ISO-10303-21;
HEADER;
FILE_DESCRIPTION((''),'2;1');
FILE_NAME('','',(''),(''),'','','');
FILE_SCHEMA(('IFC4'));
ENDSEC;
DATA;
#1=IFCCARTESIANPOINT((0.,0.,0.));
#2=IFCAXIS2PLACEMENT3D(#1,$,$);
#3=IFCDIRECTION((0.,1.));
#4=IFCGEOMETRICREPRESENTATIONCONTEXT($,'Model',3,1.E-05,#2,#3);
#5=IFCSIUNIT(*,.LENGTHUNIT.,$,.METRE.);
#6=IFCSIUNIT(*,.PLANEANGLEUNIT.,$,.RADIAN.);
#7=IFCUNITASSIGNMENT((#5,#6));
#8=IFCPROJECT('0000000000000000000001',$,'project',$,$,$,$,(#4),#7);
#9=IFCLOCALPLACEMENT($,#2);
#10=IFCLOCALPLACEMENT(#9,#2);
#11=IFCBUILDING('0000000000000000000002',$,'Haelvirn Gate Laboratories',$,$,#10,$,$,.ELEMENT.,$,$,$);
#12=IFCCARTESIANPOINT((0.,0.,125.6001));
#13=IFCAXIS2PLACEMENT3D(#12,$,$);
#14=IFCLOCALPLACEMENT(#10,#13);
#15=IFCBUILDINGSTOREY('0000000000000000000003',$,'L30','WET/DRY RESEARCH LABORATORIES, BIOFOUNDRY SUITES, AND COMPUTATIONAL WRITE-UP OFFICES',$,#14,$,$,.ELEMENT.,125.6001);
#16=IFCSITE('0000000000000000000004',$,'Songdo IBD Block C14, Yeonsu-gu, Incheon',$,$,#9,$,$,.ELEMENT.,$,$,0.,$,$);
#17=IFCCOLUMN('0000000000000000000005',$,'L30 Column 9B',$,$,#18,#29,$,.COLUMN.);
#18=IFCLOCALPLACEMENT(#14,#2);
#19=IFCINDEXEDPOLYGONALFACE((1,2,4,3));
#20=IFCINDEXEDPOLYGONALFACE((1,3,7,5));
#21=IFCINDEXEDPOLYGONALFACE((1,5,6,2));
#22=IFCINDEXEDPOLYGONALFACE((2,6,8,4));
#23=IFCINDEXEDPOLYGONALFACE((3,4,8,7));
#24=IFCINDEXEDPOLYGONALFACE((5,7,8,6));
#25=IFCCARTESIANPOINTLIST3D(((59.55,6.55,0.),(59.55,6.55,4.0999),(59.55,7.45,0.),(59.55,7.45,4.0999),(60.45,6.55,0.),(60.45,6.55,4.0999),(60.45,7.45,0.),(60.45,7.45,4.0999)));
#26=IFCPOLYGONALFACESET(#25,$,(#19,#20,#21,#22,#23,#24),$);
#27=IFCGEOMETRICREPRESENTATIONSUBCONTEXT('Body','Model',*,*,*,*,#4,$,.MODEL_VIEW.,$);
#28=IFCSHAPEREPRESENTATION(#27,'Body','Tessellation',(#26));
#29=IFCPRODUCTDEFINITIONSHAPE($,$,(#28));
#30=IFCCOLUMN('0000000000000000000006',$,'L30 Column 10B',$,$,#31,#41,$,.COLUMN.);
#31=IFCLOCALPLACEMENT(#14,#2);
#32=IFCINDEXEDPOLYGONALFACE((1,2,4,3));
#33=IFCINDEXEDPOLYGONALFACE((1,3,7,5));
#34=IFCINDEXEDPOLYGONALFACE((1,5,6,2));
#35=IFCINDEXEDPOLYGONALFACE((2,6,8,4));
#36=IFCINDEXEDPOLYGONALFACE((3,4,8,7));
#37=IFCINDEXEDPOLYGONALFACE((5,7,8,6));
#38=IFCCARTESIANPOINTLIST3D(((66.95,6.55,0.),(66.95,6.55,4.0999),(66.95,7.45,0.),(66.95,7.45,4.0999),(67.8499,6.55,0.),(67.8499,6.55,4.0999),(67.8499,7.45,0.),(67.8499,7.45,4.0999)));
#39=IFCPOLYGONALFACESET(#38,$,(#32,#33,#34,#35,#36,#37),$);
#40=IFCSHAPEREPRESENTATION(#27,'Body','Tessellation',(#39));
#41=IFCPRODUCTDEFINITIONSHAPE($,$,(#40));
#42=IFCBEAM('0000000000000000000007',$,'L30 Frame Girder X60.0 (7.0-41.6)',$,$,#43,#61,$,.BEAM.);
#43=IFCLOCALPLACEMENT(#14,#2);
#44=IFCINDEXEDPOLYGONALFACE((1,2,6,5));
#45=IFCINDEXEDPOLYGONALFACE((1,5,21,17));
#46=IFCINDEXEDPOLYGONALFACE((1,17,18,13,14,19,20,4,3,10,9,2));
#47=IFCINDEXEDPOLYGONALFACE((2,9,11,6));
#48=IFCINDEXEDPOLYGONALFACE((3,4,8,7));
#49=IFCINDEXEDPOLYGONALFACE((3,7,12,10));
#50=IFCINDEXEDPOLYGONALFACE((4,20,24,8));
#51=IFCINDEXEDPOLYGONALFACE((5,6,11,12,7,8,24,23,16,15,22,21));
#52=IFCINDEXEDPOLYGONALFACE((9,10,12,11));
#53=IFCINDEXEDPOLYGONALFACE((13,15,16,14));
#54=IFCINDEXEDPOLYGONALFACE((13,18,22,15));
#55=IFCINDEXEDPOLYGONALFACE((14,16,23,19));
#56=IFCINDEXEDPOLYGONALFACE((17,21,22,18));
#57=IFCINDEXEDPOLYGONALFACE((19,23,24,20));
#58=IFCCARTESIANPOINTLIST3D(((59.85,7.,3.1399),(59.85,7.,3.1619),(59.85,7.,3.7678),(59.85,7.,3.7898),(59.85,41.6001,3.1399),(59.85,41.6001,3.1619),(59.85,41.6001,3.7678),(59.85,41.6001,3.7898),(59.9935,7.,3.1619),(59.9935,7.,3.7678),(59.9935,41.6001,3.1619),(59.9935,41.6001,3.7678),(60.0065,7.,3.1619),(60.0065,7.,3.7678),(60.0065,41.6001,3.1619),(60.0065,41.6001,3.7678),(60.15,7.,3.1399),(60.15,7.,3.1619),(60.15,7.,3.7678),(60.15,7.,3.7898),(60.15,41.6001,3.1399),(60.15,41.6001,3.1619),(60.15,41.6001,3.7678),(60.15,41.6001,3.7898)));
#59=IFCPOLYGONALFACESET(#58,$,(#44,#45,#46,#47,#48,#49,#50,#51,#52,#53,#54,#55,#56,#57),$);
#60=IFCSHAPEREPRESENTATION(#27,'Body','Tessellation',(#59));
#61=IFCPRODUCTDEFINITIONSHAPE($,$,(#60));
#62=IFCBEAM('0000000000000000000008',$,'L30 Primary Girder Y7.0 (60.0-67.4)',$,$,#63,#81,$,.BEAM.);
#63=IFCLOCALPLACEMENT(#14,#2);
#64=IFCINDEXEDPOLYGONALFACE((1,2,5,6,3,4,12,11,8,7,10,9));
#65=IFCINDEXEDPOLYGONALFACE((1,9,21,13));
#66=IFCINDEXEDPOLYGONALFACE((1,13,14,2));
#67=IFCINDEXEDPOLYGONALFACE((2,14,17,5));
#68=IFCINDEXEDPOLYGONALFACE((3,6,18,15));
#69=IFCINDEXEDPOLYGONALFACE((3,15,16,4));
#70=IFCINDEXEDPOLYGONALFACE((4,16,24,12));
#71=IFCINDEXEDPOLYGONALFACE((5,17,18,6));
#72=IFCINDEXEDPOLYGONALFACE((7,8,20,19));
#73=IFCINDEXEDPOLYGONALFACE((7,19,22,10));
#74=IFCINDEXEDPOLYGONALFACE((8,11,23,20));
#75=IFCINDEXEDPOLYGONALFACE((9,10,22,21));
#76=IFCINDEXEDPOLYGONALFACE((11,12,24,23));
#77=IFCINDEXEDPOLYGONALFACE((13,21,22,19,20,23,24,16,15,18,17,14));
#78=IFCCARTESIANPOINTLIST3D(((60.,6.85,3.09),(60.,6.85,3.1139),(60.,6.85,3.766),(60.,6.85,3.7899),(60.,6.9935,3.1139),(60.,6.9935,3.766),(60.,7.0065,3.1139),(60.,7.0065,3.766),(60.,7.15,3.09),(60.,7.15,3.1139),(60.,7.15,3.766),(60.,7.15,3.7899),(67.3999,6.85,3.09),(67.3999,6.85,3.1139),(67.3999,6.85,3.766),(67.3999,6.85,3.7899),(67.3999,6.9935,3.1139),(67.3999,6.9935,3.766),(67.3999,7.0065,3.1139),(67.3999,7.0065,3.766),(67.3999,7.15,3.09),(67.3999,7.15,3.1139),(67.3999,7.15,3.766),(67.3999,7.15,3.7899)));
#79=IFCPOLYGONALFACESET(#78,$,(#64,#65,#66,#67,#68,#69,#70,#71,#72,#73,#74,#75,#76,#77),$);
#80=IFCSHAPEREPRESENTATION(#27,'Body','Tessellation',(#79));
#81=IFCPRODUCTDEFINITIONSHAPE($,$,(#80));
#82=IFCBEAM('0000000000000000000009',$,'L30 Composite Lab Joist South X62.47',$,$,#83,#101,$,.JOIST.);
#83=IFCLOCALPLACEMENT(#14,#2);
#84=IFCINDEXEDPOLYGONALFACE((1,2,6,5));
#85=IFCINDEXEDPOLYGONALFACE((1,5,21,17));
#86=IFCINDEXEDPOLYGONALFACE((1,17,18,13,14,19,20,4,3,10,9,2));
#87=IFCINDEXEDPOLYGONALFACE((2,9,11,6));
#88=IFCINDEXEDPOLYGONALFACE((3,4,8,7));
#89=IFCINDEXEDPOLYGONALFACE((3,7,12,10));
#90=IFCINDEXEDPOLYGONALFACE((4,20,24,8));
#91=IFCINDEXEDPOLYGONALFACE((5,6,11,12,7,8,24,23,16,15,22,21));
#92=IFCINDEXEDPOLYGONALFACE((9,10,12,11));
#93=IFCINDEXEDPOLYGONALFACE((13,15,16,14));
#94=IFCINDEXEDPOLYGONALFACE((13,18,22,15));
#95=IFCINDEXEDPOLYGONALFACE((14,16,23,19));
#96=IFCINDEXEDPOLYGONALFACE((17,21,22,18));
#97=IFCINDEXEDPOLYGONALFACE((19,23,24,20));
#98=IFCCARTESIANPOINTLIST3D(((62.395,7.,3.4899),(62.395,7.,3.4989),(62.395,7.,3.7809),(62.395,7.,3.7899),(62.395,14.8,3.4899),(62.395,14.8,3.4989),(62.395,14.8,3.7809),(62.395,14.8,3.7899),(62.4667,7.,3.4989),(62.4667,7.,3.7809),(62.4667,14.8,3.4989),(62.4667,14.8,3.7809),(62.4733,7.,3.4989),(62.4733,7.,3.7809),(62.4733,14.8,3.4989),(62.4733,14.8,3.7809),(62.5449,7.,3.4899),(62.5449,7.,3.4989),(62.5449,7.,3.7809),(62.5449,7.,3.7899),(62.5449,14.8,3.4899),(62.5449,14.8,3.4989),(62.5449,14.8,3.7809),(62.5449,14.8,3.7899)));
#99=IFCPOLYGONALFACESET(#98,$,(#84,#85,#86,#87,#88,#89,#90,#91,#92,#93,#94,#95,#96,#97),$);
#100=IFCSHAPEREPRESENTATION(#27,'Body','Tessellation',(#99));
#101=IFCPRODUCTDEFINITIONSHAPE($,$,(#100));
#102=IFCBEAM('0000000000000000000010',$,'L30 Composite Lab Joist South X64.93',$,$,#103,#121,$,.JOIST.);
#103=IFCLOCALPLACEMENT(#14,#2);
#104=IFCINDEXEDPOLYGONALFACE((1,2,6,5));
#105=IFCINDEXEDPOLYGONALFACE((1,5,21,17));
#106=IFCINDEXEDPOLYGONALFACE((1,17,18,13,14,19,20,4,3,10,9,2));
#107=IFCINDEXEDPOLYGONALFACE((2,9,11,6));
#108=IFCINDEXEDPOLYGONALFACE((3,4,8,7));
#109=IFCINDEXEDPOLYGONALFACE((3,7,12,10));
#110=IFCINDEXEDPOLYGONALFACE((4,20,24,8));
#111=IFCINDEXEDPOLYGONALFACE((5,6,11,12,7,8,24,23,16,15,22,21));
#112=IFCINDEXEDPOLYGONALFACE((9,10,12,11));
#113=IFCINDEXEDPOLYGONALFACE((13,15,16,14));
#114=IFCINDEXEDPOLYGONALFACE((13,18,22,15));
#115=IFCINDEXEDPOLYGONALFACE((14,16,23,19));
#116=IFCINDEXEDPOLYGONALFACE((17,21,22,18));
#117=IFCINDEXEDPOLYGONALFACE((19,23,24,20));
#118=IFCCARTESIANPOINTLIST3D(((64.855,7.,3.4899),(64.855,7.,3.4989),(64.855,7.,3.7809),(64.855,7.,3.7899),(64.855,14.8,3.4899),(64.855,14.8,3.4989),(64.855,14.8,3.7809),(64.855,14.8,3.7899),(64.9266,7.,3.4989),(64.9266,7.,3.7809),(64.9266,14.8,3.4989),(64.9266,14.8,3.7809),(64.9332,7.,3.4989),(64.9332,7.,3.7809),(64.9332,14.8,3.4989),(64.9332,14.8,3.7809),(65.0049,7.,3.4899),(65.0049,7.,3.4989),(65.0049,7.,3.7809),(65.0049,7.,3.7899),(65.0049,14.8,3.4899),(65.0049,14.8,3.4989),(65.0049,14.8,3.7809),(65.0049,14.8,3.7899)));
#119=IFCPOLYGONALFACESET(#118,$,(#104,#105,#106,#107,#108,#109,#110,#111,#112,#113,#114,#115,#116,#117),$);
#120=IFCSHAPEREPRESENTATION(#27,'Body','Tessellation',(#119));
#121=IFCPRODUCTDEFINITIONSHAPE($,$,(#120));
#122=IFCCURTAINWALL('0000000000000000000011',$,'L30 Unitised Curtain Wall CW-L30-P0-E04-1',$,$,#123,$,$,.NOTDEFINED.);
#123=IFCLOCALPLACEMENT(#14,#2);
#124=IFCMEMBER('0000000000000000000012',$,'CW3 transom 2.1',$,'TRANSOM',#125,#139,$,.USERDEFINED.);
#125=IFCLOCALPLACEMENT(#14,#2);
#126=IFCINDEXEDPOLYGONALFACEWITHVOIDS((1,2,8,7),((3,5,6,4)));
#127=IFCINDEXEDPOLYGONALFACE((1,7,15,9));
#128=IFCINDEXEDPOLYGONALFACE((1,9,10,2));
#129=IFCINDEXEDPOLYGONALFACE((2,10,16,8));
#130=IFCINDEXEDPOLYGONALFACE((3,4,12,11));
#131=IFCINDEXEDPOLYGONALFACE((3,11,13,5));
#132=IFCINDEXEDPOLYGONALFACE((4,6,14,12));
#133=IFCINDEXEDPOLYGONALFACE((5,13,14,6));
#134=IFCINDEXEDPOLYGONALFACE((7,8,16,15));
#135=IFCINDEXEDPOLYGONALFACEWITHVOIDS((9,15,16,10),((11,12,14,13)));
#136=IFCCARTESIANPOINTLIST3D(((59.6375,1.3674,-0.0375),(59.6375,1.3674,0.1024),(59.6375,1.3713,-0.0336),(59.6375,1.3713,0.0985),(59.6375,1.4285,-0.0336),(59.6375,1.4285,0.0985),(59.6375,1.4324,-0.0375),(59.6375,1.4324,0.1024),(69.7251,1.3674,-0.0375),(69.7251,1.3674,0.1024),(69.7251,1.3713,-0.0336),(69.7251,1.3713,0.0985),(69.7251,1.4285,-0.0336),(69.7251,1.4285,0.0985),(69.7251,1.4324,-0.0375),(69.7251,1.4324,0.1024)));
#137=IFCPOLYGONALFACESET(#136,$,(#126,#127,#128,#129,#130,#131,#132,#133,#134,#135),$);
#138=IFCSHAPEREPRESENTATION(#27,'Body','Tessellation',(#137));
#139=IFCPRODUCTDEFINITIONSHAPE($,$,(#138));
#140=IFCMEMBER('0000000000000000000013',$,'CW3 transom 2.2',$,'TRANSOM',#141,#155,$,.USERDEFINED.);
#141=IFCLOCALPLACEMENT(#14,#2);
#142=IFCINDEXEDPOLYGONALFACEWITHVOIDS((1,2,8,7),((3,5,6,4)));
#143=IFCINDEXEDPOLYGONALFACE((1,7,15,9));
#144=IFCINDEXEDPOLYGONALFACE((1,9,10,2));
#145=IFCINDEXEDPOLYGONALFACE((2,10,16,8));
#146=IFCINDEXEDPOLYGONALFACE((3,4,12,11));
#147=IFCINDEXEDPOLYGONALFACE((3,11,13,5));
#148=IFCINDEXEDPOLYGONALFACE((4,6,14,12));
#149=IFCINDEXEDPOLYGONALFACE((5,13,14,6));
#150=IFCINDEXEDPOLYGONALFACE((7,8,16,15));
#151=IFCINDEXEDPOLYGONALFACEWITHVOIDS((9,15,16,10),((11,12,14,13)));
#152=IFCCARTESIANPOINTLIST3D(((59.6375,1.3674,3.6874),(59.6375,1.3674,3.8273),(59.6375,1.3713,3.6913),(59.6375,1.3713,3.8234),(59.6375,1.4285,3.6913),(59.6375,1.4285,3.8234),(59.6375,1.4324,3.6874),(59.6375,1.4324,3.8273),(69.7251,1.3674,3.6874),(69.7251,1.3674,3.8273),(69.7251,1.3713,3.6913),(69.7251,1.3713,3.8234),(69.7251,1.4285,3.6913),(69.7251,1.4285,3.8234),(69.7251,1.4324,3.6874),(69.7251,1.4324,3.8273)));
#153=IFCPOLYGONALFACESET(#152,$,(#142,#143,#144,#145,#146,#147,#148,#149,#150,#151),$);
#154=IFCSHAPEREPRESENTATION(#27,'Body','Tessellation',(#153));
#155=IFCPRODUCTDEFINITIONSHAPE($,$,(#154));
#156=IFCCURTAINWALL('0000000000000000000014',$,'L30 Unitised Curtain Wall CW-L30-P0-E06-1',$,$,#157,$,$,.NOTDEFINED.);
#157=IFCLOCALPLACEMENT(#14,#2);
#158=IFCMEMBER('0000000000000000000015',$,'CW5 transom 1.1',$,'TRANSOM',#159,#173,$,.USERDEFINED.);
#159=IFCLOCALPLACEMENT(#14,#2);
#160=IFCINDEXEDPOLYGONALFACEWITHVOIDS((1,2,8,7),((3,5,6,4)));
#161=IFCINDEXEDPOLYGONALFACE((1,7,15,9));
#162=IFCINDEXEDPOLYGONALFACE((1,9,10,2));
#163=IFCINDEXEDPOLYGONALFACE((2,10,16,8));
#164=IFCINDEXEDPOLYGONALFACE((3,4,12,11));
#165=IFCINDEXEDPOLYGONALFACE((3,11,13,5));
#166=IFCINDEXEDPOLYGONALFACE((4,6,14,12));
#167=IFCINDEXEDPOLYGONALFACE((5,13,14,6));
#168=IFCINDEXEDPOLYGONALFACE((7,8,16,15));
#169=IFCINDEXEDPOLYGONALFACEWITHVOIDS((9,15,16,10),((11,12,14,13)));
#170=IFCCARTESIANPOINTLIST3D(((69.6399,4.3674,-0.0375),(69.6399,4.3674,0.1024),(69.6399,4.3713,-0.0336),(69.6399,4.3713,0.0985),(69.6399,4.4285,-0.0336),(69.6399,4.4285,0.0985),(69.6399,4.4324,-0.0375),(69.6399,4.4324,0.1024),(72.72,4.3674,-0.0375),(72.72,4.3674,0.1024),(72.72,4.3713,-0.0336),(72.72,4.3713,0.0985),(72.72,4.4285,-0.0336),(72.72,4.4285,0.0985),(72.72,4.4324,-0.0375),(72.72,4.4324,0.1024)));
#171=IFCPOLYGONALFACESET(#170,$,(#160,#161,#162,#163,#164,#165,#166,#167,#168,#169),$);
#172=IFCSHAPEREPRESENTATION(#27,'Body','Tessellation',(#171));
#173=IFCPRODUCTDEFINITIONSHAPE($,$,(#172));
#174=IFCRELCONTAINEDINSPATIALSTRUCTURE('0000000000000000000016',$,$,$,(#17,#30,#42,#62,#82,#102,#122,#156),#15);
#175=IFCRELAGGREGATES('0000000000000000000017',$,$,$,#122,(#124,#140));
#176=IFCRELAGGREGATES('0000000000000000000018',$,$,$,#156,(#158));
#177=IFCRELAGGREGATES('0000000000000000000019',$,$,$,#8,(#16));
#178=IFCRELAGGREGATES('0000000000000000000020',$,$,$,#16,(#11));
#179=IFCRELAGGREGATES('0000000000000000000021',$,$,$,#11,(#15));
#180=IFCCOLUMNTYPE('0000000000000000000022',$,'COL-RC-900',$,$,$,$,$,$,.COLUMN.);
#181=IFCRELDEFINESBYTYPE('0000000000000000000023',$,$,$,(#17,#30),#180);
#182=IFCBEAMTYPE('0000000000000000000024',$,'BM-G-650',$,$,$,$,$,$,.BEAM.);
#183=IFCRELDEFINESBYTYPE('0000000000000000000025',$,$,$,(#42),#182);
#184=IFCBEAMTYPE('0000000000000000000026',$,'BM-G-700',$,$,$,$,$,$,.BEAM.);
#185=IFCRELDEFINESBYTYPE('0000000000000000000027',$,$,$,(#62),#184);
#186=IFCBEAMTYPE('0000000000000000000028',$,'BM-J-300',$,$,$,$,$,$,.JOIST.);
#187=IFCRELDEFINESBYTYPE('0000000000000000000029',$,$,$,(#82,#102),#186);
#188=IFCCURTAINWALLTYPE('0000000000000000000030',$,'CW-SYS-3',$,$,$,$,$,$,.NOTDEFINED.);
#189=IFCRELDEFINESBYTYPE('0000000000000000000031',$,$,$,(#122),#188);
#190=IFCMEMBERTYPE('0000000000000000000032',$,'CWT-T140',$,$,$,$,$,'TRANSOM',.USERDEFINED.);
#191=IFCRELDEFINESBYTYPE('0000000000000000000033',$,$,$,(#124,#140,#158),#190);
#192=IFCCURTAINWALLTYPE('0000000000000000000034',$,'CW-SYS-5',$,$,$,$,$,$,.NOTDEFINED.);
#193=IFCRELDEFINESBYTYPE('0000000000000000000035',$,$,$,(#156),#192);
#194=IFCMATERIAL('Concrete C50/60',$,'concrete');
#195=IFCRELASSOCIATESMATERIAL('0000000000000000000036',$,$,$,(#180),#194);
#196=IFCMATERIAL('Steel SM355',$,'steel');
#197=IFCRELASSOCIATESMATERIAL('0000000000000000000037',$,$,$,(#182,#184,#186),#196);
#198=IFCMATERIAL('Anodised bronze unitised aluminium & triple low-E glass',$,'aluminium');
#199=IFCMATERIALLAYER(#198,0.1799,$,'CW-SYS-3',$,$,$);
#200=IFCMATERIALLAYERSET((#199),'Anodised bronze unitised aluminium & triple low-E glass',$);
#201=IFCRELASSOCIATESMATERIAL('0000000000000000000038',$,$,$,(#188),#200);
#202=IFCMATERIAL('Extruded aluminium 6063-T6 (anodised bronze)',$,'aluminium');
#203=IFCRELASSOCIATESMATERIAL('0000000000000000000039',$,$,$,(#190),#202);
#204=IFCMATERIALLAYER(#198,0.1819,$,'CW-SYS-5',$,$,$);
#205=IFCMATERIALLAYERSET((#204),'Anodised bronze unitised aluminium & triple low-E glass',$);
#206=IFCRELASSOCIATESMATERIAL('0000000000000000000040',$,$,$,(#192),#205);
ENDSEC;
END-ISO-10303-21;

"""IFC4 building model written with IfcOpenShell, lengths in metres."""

from ifc_helpers import new_model, si_unit, direction, frame, origin, origin_2d, place, context, subcontext, project, spatial, rectangle, hollow_rectangle, i_section, extrude, source, transform, mapped, material, layer, layer_set, material_profile, profile_set, type_object, type_shapes, element, aggregate, save


model = new_model("IFC4")

# Units and contexts
model_context = context("Model", 3, precision=1e-05, world=origin(), true_north=direction((0.0, 1.0)))
body_context = subcontext(model_context, "Body", "Model", "MODEL_VIEW")
ifc_project = project(units=[si_unit("LENGTHUNIT", "METRE"), si_unit("PLANEANGLEUNIT", "RADIAN")], contexts=[model_context])

# Site, building, storey
site_placement = place(None, origin())
site = spatial("IfcSite", under=ifc_project, at=site_placement, Name="Songdo IBD Block C14, Yeonsu-gu, Incheon", CompositionType="ELEMENT", RefElevation=0.0)
building_placement = place(site_placement, origin())
building = spatial("IfcBuilding", under=site, at=building_placement, Name="Haelvirn Gate Laboratories", CompositionType="ELEMENT")
storey_placement = place(building_placement, frame((0.0, 0.0, 125.6001)))
storey = spatial("IfcBuildingStorey", under=building, at=storey_placement, Name="L30", Description="WET/DRY RESEARCH LABORATORIES, BIOFOUNDRY SUITES, AND COMPUTATIONAL WRITE-UP OFFICES", CompositionType="ELEMENT", Elevation=125.6001)

# Columns
ifc_material_1 = material(Name="Concrete C50/60", Category="concrete")
ifc_material_profile_1 = material_profile(ifc_material_1, rectangle(XDim=0.8999, YDim=0.8999, at=origin_2d()), Name="RC-900x900")
ifc_profile_set_1 = profile_set([ifc_material_profile_1], Name="Concrete C50/60")
column_type = type_object("IfcColumnType", Name="COL-RC-900", PredefinedType="COLUMN", material=ifc_profile_set_1)
shared_shape_1 = source(origin(), body_context, "Body", "SweptSolid", [
    extrude(rectangle(XDim=0.8999, YDim=0.8999, at=origin_2d()), origin(), (0.0, 0.0, 1.0), 4.0999),
])
type_shapes(column_type, [shared_shape_1])
for number, where, z_axis, x_axis, name in (
    (1, (60.0, 7.0, 0.0), (0.0, 0.0, 1.0), (1.0, 0.0, 0.0), "L30 Column 9B"),
    (2, (67.3999, 7.0, 0.0), (0.0, 0.0, 1.0), (1.0, 0.0, 0.0), "L30 Column 10B"),
):
    element("IfcColumn", number, at=place(storey_placement, frame(where, z_axis=z_axis, x_axis=x_axis)), inside=storey, type_object=column_type, Name=name, PredefinedType="COLUMN", context=body_context, shape_type="MappedRepresentation", body=[
        mapped(shared_shape_1, transform((0.0, 0.0, 0.0), scale=1.0)),
    ])

# Beams
ifc_material_2 = material(Name="Steel SM355", Category="steel")
ifc_material_profile_2 = material_profile(ifc_material_2, i_section(OverallWidth=0.3, OverallDepth=0.6499, WebThickness=0.0129, FlangeThickness=0.022, at=origin_2d()), Name="H-650x300x13x22")
ifc_profile_set_2 = profile_set([ifc_material_profile_2], Name="Steel SM355")
beam_type_1 = type_object("IfcBeamType", Name="BM-G-650", PredefinedType="BEAM", material=ifc_profile_set_2)
shared_shape_2 = source(origin(), body_context, "Body", "SweptSolid", [
    extrude(i_section(OverallWidth=0.3, OverallDepth=0.6499, WebThickness=0.0129, FlangeThickness=0.022, at=origin_2d()), origin(), (0.0, 0.0, 1.0), 34.6001),
])
type_shapes(beam_type_1, [shared_shape_2])
beam_1_placement = place(storey_placement, frame((60.0, 7.0, 3.4648), z_axis=(0.0, 1.0, 0.0), x_axis=(-1.0, 0.0, 0.0)))
element("IfcBeam", 3, at=beam_1_placement, inside=storey, type_object=beam_type_1, Name="L30 Frame Girder X60.0 (7.0-41.6)", PredefinedType="BEAM", context=body_context, shape_type="MappedRepresentation", body=[
    mapped(shared_shape_2, transform((0.0, 0.0, 0.0), scale=1.0)),
])
ifc_material_profile_3 = material_profile(ifc_material_2, i_section(OverallWidth=0.3, OverallDepth=0.7, WebThickness=0.0129, FlangeThickness=0.0239, at=origin_2d()), Name="H-700x300x13x24")
ifc_profile_set_3 = profile_set([ifc_material_profile_3], Name="Steel SM355")
beam_type_2 = type_object("IfcBeamType", Name="BM-G-700", PredefinedType="BEAM", material=ifc_profile_set_3)
shared_shape_3 = source(origin(), body_context, "Body", "SweptSolid", [
    extrude(i_section(OverallWidth=0.3, OverallDepth=0.7, WebThickness=0.0129, FlangeThickness=0.0239, at=origin_2d()), origin(), (0.0, 0.0, 1.0), 7.3999),
])
type_shapes(beam_type_2, [shared_shape_3])
beam_2_placement = place(storey_placement, frame((60.0, 7.0, 3.4399), z_axis=(1.0, 0.0, 0.0), x_axis=(0.0, 1.0, 0.0)))
element("IfcBeam", 4, at=beam_2_placement, inside=storey, type_object=beam_type_2, Name="L30 Primary Girder Y7.0 (60.0-67.4)", PredefinedType="BEAM", context=body_context, shape_type="MappedRepresentation", body=[
    mapped(shared_shape_3, transform((0.0, 0.0, 0.0), scale=1.0)),
])
ifc_material_profile_4 = material_profile(ifc_material_2, i_section(OverallWidth=0.1499, OverallDepth=0.3, WebThickness=0.0066, FlangeThickness=0.009, at=origin_2d()), Name="H-300x150x6.5x9")
ifc_profile_set_4 = profile_set([ifc_material_profile_4], Name="Steel SM355")
beam_type_3 = type_object("IfcBeamType", Name="BM-J-300", PredefinedType="JOIST", material=ifc_profile_set_4)
shared_shape_4 = source(origin(), body_context, "Body", "SweptSolid", [
    extrude(i_section(OverallWidth=0.1499, OverallDepth=0.3, WebThickness=0.0066, FlangeThickness=0.009, at=origin_2d()), origin(), (0.0, 0.0, 1.0), 7.8),
])
type_shapes(beam_type_3, [shared_shape_4])
for number, where, z_axis, x_axis, name in (
    (5, (62.47, 7.0, 3.6399), (0.0, 1.0, 0.0), (-1.0, 0.0, 0.0), "L30 Composite Lab Joist South X62.47"),
    (6, (64.9299, 7.0, 3.6399), (0.0, 1.0, 0.0), (-1.0, 0.0, 0.0), "L30 Composite Lab Joist South X64.93"),
):
    element("IfcBeam", number, at=place(storey_placement, frame(where, z_axis=z_axis, x_axis=x_axis)), inside=storey, type_object=beam_type_3, Name=name, PredefinedType="JOIST", context=body_context, shape_type="MappedRepresentation", body=[
        mapped(shared_shape_4, transform((0.0, 0.0, 0.0), scale=1.0)),
    ])

# Curtain walls, members
ifc_material_3 = material(Name="Anodised bronze unitised aluminium & triple low-E glass", Category="aluminium")
ifc_layer_1 = layer(ifc_material_3, 0.1799, Name="CW-SYS-3")
ifc_layer_set_1 = layer_set([ifc_layer_1], Name="Anodised bronze unitised aluminium & triple low-E glass")
curtain_wall_type_1 = type_object("IfcCurtainWallType", Name="CW-SYS-3", PredefinedType="NOTDEFINED", material=ifc_layer_set_1)
curtain_wall_1_placement = place(storey_placement, origin())
curtain_wall_1 = element("IfcCurtainWall", 7, at=curtain_wall_1_placement, inside=storey, type_object=curtain_wall_type_1, Name="L30 Unitised Curtain Wall CW-L30-P0-E04-1", PredefinedType="NOTDEFINED")
ifc_material_4 = material(Name="Extruded aluminium 6063-T6 (anodised bronze)", Category="aluminium")
ifc_material_profile_5 = material_profile(ifc_material_4, hollow_rectangle(XDim=0.0649, YDim=0.1399, WallThickness=0.0039, at=origin_2d()), Name="CWT-140x65x4")
ifc_profile_set_5 = profile_set([ifc_material_profile_5], Name="Extruded aluminium 6063-T6 (anodised bronze)")
member_type_1 = type_object("IfcMemberType", Name="CWT-T140", ElementType="TRANSOM", PredefinedType="USERDEFINED", material=ifc_profile_set_5)
shared_shape_5 = source(origin(), body_context, "Body", "SweptSolid", [
    extrude(hollow_rectangle(XDim=0.0649, YDim=0.1399, WallThickness=0.0039, at=origin_2d()), origin(), (0.0, 0.0, 1.0), 10.0876),
])
member_1_placement = place(storey_placement, frame((59.6375, 1.3999, 0.0325), z_axis=(1.0, 0.0, 0.0), x_axis=(0.0, 1.0, 0.0)))
member_1 = element("IfcMember", 8, at=member_1_placement, type_object=member_type_1, Name="CW3 transom 2.1", ObjectType="TRANSOM", PredefinedType="USERDEFINED", context=body_context, shape_type="MappedRepresentation", body=[
    mapped(shared_shape_5, transform((0.0, 0.0, 0.0), scale=1.0)),
])
member_2_placement = place(storey_placement, frame((59.6375, 1.3999, 3.7573), z_axis=(1.0, 0.0, 0.0), x_axis=(0.0, 1.0, 0.0)))
member_2 = element("IfcMember", 9, at=member_2_placement, type_object=member_type_1, Name="CW3 transom 2.2", ObjectType="TRANSOM", PredefinedType="USERDEFINED", context=body_context, shape_type="MappedRepresentation", body=[
    mapped(shared_shape_5, transform((0.0, 0.0, 0.0), scale=1.0)),
])
ifc_layer_2 = layer(ifc_material_3, 0.1819, Name="CW-SYS-5")
ifc_layer_set_2 = layer_set([ifc_layer_2], Name="Anodised bronze unitised aluminium & triple low-E glass")
curtain_wall_type_2 = type_object("IfcCurtainWallType", Name="CW-SYS-5", PredefinedType="NOTDEFINED", material=ifc_layer_set_2)
curtain_wall_2_placement = place(storey_placement, origin())
curtain_wall_2 = element("IfcCurtainWall", 10, at=curtain_wall_2_placement, inside=storey, type_object=curtain_wall_type_2, Name="L30 Unitised Curtain Wall CW-L30-P0-E06-1", PredefinedType="NOTDEFINED")
shared_shape_6 = source(origin(), body_context, "Body", "SweptSolid", [
    extrude(hollow_rectangle(XDim=0.0649, YDim=0.1399, WallThickness=0.0039, at=origin_2d()), origin(), (0.0, 0.0, 1.0), 3.0801),
])
member_3_placement = place(storey_placement, frame((69.6399, 4.3999, 0.0325), z_axis=(1.0, 0.0, 0.0), x_axis=(0.0, 1.0, 0.0)))
member_3 = element("IfcMember", 11, at=member_3_placement, type_object=member_type_1, Name="CW5 transom 1.1", ObjectType="TRANSOM", PredefinedType="USERDEFINED", context=body_context, shape_type="MappedRepresentation", body=[
    mapped(shared_shape_6, transform((0.0, 0.0, 0.0), scale=1.0)),
])

aggregate(curtain_wall_1, [member_1, member_2])
aggregate(curtain_wall_2, [member_3])

save(model, "model.ifc")
